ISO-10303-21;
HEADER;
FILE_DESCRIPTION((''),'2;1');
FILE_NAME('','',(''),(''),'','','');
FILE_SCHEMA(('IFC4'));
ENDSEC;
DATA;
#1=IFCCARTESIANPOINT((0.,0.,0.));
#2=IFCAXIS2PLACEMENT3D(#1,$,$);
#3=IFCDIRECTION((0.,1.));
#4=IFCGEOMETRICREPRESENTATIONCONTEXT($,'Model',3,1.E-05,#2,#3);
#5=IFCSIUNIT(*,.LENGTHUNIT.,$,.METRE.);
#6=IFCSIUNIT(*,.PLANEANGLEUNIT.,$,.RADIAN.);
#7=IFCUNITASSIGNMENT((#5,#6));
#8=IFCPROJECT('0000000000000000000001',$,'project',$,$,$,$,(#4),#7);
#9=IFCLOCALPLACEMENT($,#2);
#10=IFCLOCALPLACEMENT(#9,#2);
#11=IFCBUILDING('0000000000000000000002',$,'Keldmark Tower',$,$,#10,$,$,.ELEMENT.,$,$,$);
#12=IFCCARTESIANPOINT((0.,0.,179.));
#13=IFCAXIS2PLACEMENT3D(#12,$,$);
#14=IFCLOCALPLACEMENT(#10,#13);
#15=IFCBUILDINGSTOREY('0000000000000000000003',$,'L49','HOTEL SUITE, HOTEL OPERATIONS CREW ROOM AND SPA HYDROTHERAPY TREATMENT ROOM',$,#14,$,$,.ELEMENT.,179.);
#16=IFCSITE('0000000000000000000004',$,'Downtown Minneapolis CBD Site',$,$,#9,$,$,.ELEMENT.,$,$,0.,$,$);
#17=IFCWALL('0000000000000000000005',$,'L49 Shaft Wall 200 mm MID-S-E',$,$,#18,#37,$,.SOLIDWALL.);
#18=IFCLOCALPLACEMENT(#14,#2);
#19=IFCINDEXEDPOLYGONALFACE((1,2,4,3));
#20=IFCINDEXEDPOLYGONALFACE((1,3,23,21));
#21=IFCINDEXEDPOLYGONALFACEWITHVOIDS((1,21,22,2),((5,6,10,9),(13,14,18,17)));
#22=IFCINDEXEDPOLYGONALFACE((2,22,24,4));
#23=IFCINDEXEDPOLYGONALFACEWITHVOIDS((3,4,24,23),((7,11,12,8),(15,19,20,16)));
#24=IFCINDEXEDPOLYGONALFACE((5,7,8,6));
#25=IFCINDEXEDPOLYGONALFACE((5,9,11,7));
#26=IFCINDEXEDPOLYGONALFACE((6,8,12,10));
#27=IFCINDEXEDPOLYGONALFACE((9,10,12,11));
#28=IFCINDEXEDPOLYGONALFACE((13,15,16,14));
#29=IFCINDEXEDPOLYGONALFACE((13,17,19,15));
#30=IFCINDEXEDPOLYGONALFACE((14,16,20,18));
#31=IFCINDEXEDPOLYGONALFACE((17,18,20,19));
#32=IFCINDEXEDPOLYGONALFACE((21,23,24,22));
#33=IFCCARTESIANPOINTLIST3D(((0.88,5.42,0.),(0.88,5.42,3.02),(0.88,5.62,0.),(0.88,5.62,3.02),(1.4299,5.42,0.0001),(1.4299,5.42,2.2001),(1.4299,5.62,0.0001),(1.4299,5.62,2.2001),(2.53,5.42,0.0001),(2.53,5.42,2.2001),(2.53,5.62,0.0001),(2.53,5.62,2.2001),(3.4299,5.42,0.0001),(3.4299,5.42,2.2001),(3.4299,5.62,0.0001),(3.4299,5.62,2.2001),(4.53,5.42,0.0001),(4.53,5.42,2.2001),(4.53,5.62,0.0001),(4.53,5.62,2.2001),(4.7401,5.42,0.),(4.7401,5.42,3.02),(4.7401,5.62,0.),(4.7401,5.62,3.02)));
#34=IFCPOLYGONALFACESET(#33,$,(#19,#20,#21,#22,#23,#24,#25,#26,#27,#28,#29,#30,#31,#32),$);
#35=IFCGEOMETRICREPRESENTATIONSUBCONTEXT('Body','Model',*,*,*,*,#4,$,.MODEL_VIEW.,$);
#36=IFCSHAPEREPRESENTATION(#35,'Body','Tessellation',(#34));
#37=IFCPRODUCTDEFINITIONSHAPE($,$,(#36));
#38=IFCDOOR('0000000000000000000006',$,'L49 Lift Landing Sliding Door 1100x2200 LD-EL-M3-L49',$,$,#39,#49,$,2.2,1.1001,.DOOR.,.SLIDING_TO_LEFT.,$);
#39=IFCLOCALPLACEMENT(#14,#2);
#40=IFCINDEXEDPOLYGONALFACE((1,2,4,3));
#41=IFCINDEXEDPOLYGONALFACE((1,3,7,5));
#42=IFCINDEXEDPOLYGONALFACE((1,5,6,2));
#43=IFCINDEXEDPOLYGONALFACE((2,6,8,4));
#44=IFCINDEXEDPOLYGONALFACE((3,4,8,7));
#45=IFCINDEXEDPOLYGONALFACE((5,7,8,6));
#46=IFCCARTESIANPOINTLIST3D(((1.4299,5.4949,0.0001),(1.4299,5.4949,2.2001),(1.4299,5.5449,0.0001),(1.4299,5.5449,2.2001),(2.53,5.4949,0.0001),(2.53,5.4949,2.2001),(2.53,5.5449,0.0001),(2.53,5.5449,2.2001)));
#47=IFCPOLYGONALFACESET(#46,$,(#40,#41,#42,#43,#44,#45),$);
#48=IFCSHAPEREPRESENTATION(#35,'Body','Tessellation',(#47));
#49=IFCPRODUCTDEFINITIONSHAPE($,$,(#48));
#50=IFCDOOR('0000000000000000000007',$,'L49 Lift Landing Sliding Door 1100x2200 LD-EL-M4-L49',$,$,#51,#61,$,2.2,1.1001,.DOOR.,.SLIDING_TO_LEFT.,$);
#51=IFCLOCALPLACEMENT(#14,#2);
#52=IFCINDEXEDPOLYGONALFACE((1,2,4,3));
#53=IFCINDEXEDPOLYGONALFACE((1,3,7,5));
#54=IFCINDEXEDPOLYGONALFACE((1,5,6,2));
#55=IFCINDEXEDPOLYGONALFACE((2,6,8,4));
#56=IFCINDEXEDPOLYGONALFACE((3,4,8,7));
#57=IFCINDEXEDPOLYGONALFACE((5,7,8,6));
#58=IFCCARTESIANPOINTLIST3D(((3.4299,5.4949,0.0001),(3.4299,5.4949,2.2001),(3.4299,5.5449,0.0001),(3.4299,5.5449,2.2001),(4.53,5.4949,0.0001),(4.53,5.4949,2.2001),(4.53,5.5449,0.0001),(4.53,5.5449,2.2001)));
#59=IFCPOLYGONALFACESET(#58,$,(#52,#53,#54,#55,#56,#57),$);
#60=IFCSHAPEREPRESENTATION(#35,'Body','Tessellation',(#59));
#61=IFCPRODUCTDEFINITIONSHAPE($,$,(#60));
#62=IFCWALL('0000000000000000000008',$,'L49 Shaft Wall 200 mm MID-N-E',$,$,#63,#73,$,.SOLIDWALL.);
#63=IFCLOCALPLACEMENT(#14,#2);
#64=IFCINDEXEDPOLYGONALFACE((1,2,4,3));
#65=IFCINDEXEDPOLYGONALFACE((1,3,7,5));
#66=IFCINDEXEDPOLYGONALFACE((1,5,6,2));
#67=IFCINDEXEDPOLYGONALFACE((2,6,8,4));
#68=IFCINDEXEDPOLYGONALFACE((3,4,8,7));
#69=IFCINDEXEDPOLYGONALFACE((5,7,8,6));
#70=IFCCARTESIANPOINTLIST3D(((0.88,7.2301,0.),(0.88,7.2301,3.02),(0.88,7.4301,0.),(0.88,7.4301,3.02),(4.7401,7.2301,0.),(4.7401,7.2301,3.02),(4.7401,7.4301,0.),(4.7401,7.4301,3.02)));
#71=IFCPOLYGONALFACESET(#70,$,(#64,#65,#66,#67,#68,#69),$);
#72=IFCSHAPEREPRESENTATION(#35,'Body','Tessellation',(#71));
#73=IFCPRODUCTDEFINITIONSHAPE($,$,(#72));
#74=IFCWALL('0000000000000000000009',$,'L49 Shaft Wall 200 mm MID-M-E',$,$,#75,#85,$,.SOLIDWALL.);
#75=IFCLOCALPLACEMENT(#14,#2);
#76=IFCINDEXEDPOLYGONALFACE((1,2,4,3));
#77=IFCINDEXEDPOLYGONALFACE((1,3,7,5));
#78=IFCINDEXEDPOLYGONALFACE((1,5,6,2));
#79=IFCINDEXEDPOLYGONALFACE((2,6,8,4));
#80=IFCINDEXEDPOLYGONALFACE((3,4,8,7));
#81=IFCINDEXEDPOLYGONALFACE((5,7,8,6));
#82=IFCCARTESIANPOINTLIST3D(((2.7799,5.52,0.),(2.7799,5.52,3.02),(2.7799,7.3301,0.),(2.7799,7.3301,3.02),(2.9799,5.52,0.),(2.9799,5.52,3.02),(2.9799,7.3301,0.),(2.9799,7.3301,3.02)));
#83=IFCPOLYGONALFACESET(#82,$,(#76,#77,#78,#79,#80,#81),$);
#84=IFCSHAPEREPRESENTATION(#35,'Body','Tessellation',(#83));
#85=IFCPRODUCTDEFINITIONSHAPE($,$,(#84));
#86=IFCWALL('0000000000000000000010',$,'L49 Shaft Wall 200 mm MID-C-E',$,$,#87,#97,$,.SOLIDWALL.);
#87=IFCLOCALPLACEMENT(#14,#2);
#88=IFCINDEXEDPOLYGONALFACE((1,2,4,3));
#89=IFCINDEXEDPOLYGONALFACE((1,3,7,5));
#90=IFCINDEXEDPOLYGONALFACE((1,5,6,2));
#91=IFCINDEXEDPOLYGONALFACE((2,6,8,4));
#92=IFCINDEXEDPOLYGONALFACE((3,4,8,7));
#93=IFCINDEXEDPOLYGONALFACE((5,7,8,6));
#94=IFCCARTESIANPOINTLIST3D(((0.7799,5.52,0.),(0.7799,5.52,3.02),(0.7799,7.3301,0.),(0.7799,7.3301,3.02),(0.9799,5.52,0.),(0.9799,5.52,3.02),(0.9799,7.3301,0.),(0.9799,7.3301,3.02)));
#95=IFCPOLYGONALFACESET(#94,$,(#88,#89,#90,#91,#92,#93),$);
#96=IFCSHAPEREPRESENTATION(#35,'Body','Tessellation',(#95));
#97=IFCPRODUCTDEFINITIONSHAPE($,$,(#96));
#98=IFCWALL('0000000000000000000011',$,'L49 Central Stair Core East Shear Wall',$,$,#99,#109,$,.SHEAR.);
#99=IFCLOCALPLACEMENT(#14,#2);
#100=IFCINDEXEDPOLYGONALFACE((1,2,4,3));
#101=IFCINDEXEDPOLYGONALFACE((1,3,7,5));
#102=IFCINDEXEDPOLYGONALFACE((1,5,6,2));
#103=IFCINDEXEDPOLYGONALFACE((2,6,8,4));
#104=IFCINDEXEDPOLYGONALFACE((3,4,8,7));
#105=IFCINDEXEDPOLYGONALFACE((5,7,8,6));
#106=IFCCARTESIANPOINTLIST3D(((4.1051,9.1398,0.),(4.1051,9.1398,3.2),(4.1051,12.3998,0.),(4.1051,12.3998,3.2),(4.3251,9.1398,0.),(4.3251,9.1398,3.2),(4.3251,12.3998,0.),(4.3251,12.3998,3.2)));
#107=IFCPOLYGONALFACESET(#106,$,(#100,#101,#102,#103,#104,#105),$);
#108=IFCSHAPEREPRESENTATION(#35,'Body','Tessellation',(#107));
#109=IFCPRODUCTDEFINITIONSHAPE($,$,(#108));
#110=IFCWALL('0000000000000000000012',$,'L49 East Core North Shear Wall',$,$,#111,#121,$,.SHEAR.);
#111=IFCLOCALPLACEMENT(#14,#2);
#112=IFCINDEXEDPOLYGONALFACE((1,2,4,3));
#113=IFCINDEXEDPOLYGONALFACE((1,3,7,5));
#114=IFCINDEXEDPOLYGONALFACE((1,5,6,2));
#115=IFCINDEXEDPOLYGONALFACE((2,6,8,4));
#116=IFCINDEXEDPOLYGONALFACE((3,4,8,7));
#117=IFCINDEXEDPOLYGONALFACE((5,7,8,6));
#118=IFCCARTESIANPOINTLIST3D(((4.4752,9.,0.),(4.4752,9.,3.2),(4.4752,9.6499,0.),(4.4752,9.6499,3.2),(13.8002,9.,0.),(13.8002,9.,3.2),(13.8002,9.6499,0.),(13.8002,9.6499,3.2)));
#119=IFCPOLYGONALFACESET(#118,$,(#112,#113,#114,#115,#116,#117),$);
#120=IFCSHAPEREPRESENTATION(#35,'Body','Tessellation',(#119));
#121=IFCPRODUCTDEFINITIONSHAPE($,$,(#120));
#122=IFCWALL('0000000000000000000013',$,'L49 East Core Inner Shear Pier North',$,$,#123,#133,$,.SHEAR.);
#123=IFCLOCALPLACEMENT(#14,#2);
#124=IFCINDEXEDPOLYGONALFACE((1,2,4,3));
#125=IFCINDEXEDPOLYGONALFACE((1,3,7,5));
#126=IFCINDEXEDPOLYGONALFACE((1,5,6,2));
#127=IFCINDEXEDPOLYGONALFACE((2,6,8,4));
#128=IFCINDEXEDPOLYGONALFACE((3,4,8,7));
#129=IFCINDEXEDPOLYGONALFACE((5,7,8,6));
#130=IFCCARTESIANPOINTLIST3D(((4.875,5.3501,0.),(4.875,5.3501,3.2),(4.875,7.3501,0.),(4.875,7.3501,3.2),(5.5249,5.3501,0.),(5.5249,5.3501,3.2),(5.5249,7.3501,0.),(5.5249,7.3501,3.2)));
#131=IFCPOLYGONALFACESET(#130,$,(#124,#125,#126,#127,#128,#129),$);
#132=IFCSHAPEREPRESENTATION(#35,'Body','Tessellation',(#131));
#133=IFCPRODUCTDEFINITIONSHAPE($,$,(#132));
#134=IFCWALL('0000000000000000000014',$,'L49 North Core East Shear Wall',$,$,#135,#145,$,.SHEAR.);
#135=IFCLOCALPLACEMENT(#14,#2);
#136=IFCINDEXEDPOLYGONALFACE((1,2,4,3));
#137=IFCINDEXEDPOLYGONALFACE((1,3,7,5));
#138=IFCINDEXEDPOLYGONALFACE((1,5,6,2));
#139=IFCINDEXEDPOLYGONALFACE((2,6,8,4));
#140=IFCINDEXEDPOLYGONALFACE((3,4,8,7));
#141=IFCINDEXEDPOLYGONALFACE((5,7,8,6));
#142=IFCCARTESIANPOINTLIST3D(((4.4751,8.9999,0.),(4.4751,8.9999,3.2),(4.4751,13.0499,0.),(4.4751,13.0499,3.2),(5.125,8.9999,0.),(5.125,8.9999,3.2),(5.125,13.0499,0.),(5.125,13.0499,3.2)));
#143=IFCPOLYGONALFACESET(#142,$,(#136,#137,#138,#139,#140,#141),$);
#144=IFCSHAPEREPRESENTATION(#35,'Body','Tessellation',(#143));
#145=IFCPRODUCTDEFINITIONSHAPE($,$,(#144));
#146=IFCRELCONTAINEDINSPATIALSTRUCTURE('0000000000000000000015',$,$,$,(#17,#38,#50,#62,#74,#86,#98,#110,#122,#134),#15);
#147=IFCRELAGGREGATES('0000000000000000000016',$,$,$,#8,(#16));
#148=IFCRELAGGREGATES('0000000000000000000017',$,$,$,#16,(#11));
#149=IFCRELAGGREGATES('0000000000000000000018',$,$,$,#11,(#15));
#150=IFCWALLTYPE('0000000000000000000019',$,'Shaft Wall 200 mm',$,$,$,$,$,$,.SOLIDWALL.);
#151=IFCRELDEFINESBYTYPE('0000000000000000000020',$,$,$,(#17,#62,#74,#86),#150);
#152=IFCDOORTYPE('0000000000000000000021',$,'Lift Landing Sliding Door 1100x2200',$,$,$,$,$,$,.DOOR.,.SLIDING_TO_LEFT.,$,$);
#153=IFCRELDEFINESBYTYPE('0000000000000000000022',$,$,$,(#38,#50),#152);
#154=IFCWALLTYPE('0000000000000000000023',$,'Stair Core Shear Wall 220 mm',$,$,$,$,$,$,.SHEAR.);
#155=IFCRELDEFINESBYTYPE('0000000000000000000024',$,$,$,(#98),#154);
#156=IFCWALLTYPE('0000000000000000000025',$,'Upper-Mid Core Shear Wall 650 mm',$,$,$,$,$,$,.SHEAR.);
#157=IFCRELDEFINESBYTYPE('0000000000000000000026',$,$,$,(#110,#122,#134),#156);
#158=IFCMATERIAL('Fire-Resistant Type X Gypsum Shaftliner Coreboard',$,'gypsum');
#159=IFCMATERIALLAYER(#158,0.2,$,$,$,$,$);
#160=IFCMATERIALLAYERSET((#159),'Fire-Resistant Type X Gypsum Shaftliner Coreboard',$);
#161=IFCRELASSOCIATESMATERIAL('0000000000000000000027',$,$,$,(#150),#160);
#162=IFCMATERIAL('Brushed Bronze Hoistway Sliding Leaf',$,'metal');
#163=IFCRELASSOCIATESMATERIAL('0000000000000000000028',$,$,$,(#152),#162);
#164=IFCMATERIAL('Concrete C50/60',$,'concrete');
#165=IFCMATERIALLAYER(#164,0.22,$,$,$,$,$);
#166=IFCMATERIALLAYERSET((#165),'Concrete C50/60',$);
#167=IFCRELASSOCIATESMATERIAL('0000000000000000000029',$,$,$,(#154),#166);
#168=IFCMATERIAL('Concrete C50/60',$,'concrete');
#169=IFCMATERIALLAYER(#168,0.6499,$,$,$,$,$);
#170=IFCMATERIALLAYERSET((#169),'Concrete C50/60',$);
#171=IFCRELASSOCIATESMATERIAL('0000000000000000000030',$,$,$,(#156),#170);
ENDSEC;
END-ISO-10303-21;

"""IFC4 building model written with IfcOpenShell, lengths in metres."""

from ifc_helpers import new_model, si_unit, direction, frame, frame_2d, origin, place, context, subcontext, project, spatial, rectangle, extrude, material, layer, layer_set, type_object, element, fill, save


model = new_model("IFC4")

# Units and contexts
model_context = context("Model", 3, precision=1e-05, world=origin(), true_north=direction((0.0, 1.0)))
body_context = subcontext(model_context, "Body", "Model", "MODEL_VIEW")
ifc_project = project(units=[si_unit("LENGTHUNIT", "METRE"), si_unit("PLANEANGLEUNIT", "RADIAN")], contexts=[model_context])

# Site, building, storey
site_placement = place(None, origin())
site = spatial("IfcSite", under=ifc_project, at=site_placement, Name="Downtown Minneapolis CBD Site", CompositionType="ELEMENT", RefElevation=0.0)
building_placement = place(site_placement, origin())
building = spatial("IfcBuilding", under=site, at=building_placement, Name="Keldmark Tower", CompositionType="ELEMENT")
storey_placement = place(building_placement, frame((0.0, 0.0, 179.0)))
storey = spatial("IfcBuildingStorey", under=building, at=storey_placement, Name="L49", Description="HOTEL SUITE, HOTEL OPERATIONS CREW ROOM AND SPA HYDROTHERAPY TREATMENT ROOM", CompositionType="ELEMENT", Elevation=179.0)

# Shared definitions
ifc_material_1 = material(Name="Fire-Resistant Type X Gypsum Shaftliner Coreboard", Category="gypsum")
ifc_layer_1 = layer(ifc_material_1, 0.2)
ifc_layer_set_1 = layer_set([ifc_layer_1], Name="Fire-Resistant Type X Gypsum Shaftliner Coreboard")
wall_type_1 = type_object("IfcWallType", Name="Shaft Wall 200 mm", PredefinedType="SOLIDWALL", material=ifc_layer_set_1)

# Wall, openings, doors
wall_1_placement = place(storey_placement, frame((0.8799, 5.52, 0.0), z_axis=(0.0, 0.0, 1.0), x_axis=(1.0, 0.0, 0.0)))
wall_1 = element("IfcWall", 1, at=wall_1_placement, inside=storey, type_object=wall_type_1, Name="L49 Shaft Wall 200 mm MID-S-E", PredefinedType="SOLIDWALL", context=body_context, shape_type="SweptSolid", body=[
    extrude(rectangle(XDim=3.8601, YDim=0.2, at=frame_2d((1.9302, 0.0))), origin(), (0.0, 0.0, 1.0), 3.02),
])
opening_1_placement = place(wall_1_placement, frame((0.55, 0.0, 0.0)))
opening_1 = element("IfcOpeningElement", 2, at=opening_1_placement, cuts=wall_1, PredefinedType="OPENING", context=body_context, shape_type="SweptSolid", body=[
    extrude(rectangle(XDim=1.1001, YDim=2.2, at=frame_2d((0.55, 1.1001))), frame((0.0, 0.1099, 0.0), z_axis=(0.0, -1.0, 0.0), x_axis=(1.0, 0.0, 0.0)), (0.0, 0.0, 1.0), 0.22),
])
opening_2_placement = place(wall_1_placement, frame((2.55, 0.0, 0.0)))
opening_2 = element("IfcOpeningElement", 3, at=opening_2_placement, cuts=wall_1, PredefinedType="OPENING", context=body_context, shape_type="SweptSolid", body=[
    extrude(rectangle(XDim=1.1001, YDim=2.2, at=frame_2d((0.55, 1.1001))), frame((0.0, 0.1099, 0.0), z_axis=(0.0, -1.0, 0.0), x_axis=(1.0, 0.0, 0.0)), (0.0, 0.0, 1.0), 0.22),
])
ifc_material_2 = material(Name="Brushed Bronze Hoistway Sliding Leaf", Category="metal")
door_type_1 = type_object("IfcDoorType", Name="Lift Landing Sliding Door 1100x2200", OperationType="SLIDING_TO_LEFT", PredefinedType="DOOR", material=ifc_material_2)
door_1_placement = place(opening_1_placement, origin())
door_1 = element("IfcDoor", 4, at=door_1_placement, inside=storey, type_object=door_type_1, Name="L49 Lift Landing Sliding Door 1100x2200 LD-EL-M3-L49", OperationType="SLIDING_TO_LEFT", OverallHeight=2.2, OverallWidth=1.1001, PredefinedType="DOOR", context=body_context, shape_type="SweptSolid", body=[
    extrude(rectangle(XDim=1.1001, YDim=2.2, at=frame_2d((0.55, 1.1001))), frame((0.0, 0.0249, 0.0), z_axis=(0.0, -1.0, 0.0), x_axis=(1.0, 0.0, 0.0)), (0.0, 0.0, 1.0), 0.05),
])
fill(opening_1, door_1)
door_2_placement = place(opening_2_placement, origin())
door_2 = element("IfcDoor", 5, at=door_2_placement, inside=storey, type_object=door_type_1, Name="L49 Lift Landing Sliding Door 1100x2200 LD-EL-M4-L49", OperationType="SLIDING_TO_LEFT", OverallHeight=2.2, OverallWidth=1.1001, PredefinedType="DOOR", context=body_context, shape_type="SweptSolid", body=[
    extrude(rectangle(XDim=1.1001, YDim=2.2, at=frame_2d((0.55, 1.1001))), frame((0.0, 0.0249, 0.0), z_axis=(0.0, -1.0, 0.0), x_axis=(1.0, 0.0, 0.0)), (0.0, 0.0, 1.0), 0.05),
])
fill(opening_2, door_2)

# Walls
wall_2_placement = place(storey_placement, frame((0.8799, 7.3301, 0.0), z_axis=(0.0, 0.0, 1.0), x_axis=(1.0, 0.0, 0.0)))
element("IfcWall", 6, at=wall_2_placement, inside=storey, type_object=wall_type_1, Name="L49 Shaft Wall 200 mm MID-N-E", PredefinedType="SOLIDWALL", context=body_context, shape_type="SweptSolid", body=[
    extrude(rectangle(XDim=3.8601, YDim=0.2, at=frame_2d((1.9302, 0.0))), origin(), (0.0, 0.0, 1.0), 3.02),
])
for number, where, z_axis, x_axis, name in (
    (7, (2.8799, 5.52, 0.0), (0.0, 0.0, 1.0), (0.0, 1.0, 0.0), "L49 Shaft Wall 200 mm MID-M-E"),
    (8, (0.8799, 5.52, 0.0), (0.0, 0.0, 1.0), (0.0, 1.0, 0.0), "L49 Shaft Wall 200 mm MID-C-E"),
):
    element("IfcWall", number, at=place(storey_placement, frame(where, z_axis=z_axis, x_axis=x_axis)), inside=storey, type_object=wall_type_1, Name=name, PredefinedType="SOLIDWALL", context=body_context, shape_type="SweptSolid", body=[
        extrude(rectangle(XDim=1.8101, YDim=0.2, at=frame_2d((0.905, 0.0))), origin(), (0.0, 0.0, 1.0), 3.02),
    ])
ifc_material_3 = material(Name="Concrete C50/60", Category="concrete")
ifc_layer_2 = layer(ifc_material_3, 0.22)
ifc_layer_set_2 = layer_set([ifc_layer_2], Name="Concrete C50/60")
wall_type_2 = type_object("IfcWallType", Name="Stair Core Shear Wall 220 mm", PredefinedType="SHEAR", material=ifc_layer_set_2)
wall_3_placement = place(storey_placement, frame((4.2151, 9.1399, 0.0), z_axis=(0.0, 0.0, 1.0), x_axis=(0.0, 1.0, 0.0)))
element("IfcWall", 9, at=wall_3_placement, inside=storey, type_object=wall_type_2, Name="L49 Central Stair Core East Shear Wall", PredefinedType="SHEAR", context=body_context, shape_type="SweptSolid", body=[
    extrude(rectangle(XDim=3.26, YDim=0.22, at=frame_2d((1.6299, 0.0))), origin(), (0.0, 0.0, 1.0), 3.2),
])
ifc_material_4 = material(Name="Concrete C50/60", Category="concrete")
ifc_layer_3 = layer(ifc_material_4, 0.6499)
ifc_layer_set_3 = layer_set([ifc_layer_3], Name="Concrete C50/60")
wall_type_3 = type_object("IfcWallType", Name="Upper-Mid Core Shear Wall 650 mm", PredefinedType="SHEAR", material=ifc_layer_set_3)
wall_4_placement = place(storey_placement, frame((4.4751, 9.325, 0.0), z_axis=(0.0, 0.0, 1.0), x_axis=(1.0, 0.0, 0.0)))
element("IfcWall", 10, at=wall_4_placement, inside=storey, type_object=wall_type_3, Name="L49 East Core North Shear Wall", PredefinedType="SHEAR", context=body_context, shape_type="SweptSolid", body=[
    extrude(rectangle(XDim=9.325, YDim=0.6499, at=frame_2d((4.6626, 0.0))), origin(), (0.0, 0.0, 1.0), 3.2),
])
wall_5_placement = place(storey_placement, frame((5.2, 5.3501, 0.0), z_axis=(0.0, 0.0, 1.0), x_axis=(0.0, 1.0, 0.0)))
element("IfcWall", 11, at=wall_5_placement, inside=storey, type_object=wall_type_3, Name="L49 East Core Inner Shear Pier North", PredefinedType="SHEAR", context=body_context, shape_type="SweptSolid", body=[
    extrude(rectangle(XDim=2.0, YDim=0.6499, at=frame_2d((1.0, 0.0))), origin(), (0.0, 0.0, 1.0), 3.2),
])
wall_6_placement = place(storey_placement, frame((4.8, 9.0, 0.0), z_axis=(0.0, 0.0, 1.0), x_axis=(0.0, 1.0, 0.0)))
element("IfcWall", 12, at=wall_6_placement, inside=storey, type_object=wall_type_3, Name="L49 North Core East Shear Wall", PredefinedType="SHEAR", context=body_context, shape_type="SweptSolid", body=[
    extrude(rectangle(XDim=4.05, YDim=0.6499, at=frame_2d((2.0249, 0.0))), origin(), (0.0, 0.0, 1.0), 3.2),
])

save(model, "model.ifc")
